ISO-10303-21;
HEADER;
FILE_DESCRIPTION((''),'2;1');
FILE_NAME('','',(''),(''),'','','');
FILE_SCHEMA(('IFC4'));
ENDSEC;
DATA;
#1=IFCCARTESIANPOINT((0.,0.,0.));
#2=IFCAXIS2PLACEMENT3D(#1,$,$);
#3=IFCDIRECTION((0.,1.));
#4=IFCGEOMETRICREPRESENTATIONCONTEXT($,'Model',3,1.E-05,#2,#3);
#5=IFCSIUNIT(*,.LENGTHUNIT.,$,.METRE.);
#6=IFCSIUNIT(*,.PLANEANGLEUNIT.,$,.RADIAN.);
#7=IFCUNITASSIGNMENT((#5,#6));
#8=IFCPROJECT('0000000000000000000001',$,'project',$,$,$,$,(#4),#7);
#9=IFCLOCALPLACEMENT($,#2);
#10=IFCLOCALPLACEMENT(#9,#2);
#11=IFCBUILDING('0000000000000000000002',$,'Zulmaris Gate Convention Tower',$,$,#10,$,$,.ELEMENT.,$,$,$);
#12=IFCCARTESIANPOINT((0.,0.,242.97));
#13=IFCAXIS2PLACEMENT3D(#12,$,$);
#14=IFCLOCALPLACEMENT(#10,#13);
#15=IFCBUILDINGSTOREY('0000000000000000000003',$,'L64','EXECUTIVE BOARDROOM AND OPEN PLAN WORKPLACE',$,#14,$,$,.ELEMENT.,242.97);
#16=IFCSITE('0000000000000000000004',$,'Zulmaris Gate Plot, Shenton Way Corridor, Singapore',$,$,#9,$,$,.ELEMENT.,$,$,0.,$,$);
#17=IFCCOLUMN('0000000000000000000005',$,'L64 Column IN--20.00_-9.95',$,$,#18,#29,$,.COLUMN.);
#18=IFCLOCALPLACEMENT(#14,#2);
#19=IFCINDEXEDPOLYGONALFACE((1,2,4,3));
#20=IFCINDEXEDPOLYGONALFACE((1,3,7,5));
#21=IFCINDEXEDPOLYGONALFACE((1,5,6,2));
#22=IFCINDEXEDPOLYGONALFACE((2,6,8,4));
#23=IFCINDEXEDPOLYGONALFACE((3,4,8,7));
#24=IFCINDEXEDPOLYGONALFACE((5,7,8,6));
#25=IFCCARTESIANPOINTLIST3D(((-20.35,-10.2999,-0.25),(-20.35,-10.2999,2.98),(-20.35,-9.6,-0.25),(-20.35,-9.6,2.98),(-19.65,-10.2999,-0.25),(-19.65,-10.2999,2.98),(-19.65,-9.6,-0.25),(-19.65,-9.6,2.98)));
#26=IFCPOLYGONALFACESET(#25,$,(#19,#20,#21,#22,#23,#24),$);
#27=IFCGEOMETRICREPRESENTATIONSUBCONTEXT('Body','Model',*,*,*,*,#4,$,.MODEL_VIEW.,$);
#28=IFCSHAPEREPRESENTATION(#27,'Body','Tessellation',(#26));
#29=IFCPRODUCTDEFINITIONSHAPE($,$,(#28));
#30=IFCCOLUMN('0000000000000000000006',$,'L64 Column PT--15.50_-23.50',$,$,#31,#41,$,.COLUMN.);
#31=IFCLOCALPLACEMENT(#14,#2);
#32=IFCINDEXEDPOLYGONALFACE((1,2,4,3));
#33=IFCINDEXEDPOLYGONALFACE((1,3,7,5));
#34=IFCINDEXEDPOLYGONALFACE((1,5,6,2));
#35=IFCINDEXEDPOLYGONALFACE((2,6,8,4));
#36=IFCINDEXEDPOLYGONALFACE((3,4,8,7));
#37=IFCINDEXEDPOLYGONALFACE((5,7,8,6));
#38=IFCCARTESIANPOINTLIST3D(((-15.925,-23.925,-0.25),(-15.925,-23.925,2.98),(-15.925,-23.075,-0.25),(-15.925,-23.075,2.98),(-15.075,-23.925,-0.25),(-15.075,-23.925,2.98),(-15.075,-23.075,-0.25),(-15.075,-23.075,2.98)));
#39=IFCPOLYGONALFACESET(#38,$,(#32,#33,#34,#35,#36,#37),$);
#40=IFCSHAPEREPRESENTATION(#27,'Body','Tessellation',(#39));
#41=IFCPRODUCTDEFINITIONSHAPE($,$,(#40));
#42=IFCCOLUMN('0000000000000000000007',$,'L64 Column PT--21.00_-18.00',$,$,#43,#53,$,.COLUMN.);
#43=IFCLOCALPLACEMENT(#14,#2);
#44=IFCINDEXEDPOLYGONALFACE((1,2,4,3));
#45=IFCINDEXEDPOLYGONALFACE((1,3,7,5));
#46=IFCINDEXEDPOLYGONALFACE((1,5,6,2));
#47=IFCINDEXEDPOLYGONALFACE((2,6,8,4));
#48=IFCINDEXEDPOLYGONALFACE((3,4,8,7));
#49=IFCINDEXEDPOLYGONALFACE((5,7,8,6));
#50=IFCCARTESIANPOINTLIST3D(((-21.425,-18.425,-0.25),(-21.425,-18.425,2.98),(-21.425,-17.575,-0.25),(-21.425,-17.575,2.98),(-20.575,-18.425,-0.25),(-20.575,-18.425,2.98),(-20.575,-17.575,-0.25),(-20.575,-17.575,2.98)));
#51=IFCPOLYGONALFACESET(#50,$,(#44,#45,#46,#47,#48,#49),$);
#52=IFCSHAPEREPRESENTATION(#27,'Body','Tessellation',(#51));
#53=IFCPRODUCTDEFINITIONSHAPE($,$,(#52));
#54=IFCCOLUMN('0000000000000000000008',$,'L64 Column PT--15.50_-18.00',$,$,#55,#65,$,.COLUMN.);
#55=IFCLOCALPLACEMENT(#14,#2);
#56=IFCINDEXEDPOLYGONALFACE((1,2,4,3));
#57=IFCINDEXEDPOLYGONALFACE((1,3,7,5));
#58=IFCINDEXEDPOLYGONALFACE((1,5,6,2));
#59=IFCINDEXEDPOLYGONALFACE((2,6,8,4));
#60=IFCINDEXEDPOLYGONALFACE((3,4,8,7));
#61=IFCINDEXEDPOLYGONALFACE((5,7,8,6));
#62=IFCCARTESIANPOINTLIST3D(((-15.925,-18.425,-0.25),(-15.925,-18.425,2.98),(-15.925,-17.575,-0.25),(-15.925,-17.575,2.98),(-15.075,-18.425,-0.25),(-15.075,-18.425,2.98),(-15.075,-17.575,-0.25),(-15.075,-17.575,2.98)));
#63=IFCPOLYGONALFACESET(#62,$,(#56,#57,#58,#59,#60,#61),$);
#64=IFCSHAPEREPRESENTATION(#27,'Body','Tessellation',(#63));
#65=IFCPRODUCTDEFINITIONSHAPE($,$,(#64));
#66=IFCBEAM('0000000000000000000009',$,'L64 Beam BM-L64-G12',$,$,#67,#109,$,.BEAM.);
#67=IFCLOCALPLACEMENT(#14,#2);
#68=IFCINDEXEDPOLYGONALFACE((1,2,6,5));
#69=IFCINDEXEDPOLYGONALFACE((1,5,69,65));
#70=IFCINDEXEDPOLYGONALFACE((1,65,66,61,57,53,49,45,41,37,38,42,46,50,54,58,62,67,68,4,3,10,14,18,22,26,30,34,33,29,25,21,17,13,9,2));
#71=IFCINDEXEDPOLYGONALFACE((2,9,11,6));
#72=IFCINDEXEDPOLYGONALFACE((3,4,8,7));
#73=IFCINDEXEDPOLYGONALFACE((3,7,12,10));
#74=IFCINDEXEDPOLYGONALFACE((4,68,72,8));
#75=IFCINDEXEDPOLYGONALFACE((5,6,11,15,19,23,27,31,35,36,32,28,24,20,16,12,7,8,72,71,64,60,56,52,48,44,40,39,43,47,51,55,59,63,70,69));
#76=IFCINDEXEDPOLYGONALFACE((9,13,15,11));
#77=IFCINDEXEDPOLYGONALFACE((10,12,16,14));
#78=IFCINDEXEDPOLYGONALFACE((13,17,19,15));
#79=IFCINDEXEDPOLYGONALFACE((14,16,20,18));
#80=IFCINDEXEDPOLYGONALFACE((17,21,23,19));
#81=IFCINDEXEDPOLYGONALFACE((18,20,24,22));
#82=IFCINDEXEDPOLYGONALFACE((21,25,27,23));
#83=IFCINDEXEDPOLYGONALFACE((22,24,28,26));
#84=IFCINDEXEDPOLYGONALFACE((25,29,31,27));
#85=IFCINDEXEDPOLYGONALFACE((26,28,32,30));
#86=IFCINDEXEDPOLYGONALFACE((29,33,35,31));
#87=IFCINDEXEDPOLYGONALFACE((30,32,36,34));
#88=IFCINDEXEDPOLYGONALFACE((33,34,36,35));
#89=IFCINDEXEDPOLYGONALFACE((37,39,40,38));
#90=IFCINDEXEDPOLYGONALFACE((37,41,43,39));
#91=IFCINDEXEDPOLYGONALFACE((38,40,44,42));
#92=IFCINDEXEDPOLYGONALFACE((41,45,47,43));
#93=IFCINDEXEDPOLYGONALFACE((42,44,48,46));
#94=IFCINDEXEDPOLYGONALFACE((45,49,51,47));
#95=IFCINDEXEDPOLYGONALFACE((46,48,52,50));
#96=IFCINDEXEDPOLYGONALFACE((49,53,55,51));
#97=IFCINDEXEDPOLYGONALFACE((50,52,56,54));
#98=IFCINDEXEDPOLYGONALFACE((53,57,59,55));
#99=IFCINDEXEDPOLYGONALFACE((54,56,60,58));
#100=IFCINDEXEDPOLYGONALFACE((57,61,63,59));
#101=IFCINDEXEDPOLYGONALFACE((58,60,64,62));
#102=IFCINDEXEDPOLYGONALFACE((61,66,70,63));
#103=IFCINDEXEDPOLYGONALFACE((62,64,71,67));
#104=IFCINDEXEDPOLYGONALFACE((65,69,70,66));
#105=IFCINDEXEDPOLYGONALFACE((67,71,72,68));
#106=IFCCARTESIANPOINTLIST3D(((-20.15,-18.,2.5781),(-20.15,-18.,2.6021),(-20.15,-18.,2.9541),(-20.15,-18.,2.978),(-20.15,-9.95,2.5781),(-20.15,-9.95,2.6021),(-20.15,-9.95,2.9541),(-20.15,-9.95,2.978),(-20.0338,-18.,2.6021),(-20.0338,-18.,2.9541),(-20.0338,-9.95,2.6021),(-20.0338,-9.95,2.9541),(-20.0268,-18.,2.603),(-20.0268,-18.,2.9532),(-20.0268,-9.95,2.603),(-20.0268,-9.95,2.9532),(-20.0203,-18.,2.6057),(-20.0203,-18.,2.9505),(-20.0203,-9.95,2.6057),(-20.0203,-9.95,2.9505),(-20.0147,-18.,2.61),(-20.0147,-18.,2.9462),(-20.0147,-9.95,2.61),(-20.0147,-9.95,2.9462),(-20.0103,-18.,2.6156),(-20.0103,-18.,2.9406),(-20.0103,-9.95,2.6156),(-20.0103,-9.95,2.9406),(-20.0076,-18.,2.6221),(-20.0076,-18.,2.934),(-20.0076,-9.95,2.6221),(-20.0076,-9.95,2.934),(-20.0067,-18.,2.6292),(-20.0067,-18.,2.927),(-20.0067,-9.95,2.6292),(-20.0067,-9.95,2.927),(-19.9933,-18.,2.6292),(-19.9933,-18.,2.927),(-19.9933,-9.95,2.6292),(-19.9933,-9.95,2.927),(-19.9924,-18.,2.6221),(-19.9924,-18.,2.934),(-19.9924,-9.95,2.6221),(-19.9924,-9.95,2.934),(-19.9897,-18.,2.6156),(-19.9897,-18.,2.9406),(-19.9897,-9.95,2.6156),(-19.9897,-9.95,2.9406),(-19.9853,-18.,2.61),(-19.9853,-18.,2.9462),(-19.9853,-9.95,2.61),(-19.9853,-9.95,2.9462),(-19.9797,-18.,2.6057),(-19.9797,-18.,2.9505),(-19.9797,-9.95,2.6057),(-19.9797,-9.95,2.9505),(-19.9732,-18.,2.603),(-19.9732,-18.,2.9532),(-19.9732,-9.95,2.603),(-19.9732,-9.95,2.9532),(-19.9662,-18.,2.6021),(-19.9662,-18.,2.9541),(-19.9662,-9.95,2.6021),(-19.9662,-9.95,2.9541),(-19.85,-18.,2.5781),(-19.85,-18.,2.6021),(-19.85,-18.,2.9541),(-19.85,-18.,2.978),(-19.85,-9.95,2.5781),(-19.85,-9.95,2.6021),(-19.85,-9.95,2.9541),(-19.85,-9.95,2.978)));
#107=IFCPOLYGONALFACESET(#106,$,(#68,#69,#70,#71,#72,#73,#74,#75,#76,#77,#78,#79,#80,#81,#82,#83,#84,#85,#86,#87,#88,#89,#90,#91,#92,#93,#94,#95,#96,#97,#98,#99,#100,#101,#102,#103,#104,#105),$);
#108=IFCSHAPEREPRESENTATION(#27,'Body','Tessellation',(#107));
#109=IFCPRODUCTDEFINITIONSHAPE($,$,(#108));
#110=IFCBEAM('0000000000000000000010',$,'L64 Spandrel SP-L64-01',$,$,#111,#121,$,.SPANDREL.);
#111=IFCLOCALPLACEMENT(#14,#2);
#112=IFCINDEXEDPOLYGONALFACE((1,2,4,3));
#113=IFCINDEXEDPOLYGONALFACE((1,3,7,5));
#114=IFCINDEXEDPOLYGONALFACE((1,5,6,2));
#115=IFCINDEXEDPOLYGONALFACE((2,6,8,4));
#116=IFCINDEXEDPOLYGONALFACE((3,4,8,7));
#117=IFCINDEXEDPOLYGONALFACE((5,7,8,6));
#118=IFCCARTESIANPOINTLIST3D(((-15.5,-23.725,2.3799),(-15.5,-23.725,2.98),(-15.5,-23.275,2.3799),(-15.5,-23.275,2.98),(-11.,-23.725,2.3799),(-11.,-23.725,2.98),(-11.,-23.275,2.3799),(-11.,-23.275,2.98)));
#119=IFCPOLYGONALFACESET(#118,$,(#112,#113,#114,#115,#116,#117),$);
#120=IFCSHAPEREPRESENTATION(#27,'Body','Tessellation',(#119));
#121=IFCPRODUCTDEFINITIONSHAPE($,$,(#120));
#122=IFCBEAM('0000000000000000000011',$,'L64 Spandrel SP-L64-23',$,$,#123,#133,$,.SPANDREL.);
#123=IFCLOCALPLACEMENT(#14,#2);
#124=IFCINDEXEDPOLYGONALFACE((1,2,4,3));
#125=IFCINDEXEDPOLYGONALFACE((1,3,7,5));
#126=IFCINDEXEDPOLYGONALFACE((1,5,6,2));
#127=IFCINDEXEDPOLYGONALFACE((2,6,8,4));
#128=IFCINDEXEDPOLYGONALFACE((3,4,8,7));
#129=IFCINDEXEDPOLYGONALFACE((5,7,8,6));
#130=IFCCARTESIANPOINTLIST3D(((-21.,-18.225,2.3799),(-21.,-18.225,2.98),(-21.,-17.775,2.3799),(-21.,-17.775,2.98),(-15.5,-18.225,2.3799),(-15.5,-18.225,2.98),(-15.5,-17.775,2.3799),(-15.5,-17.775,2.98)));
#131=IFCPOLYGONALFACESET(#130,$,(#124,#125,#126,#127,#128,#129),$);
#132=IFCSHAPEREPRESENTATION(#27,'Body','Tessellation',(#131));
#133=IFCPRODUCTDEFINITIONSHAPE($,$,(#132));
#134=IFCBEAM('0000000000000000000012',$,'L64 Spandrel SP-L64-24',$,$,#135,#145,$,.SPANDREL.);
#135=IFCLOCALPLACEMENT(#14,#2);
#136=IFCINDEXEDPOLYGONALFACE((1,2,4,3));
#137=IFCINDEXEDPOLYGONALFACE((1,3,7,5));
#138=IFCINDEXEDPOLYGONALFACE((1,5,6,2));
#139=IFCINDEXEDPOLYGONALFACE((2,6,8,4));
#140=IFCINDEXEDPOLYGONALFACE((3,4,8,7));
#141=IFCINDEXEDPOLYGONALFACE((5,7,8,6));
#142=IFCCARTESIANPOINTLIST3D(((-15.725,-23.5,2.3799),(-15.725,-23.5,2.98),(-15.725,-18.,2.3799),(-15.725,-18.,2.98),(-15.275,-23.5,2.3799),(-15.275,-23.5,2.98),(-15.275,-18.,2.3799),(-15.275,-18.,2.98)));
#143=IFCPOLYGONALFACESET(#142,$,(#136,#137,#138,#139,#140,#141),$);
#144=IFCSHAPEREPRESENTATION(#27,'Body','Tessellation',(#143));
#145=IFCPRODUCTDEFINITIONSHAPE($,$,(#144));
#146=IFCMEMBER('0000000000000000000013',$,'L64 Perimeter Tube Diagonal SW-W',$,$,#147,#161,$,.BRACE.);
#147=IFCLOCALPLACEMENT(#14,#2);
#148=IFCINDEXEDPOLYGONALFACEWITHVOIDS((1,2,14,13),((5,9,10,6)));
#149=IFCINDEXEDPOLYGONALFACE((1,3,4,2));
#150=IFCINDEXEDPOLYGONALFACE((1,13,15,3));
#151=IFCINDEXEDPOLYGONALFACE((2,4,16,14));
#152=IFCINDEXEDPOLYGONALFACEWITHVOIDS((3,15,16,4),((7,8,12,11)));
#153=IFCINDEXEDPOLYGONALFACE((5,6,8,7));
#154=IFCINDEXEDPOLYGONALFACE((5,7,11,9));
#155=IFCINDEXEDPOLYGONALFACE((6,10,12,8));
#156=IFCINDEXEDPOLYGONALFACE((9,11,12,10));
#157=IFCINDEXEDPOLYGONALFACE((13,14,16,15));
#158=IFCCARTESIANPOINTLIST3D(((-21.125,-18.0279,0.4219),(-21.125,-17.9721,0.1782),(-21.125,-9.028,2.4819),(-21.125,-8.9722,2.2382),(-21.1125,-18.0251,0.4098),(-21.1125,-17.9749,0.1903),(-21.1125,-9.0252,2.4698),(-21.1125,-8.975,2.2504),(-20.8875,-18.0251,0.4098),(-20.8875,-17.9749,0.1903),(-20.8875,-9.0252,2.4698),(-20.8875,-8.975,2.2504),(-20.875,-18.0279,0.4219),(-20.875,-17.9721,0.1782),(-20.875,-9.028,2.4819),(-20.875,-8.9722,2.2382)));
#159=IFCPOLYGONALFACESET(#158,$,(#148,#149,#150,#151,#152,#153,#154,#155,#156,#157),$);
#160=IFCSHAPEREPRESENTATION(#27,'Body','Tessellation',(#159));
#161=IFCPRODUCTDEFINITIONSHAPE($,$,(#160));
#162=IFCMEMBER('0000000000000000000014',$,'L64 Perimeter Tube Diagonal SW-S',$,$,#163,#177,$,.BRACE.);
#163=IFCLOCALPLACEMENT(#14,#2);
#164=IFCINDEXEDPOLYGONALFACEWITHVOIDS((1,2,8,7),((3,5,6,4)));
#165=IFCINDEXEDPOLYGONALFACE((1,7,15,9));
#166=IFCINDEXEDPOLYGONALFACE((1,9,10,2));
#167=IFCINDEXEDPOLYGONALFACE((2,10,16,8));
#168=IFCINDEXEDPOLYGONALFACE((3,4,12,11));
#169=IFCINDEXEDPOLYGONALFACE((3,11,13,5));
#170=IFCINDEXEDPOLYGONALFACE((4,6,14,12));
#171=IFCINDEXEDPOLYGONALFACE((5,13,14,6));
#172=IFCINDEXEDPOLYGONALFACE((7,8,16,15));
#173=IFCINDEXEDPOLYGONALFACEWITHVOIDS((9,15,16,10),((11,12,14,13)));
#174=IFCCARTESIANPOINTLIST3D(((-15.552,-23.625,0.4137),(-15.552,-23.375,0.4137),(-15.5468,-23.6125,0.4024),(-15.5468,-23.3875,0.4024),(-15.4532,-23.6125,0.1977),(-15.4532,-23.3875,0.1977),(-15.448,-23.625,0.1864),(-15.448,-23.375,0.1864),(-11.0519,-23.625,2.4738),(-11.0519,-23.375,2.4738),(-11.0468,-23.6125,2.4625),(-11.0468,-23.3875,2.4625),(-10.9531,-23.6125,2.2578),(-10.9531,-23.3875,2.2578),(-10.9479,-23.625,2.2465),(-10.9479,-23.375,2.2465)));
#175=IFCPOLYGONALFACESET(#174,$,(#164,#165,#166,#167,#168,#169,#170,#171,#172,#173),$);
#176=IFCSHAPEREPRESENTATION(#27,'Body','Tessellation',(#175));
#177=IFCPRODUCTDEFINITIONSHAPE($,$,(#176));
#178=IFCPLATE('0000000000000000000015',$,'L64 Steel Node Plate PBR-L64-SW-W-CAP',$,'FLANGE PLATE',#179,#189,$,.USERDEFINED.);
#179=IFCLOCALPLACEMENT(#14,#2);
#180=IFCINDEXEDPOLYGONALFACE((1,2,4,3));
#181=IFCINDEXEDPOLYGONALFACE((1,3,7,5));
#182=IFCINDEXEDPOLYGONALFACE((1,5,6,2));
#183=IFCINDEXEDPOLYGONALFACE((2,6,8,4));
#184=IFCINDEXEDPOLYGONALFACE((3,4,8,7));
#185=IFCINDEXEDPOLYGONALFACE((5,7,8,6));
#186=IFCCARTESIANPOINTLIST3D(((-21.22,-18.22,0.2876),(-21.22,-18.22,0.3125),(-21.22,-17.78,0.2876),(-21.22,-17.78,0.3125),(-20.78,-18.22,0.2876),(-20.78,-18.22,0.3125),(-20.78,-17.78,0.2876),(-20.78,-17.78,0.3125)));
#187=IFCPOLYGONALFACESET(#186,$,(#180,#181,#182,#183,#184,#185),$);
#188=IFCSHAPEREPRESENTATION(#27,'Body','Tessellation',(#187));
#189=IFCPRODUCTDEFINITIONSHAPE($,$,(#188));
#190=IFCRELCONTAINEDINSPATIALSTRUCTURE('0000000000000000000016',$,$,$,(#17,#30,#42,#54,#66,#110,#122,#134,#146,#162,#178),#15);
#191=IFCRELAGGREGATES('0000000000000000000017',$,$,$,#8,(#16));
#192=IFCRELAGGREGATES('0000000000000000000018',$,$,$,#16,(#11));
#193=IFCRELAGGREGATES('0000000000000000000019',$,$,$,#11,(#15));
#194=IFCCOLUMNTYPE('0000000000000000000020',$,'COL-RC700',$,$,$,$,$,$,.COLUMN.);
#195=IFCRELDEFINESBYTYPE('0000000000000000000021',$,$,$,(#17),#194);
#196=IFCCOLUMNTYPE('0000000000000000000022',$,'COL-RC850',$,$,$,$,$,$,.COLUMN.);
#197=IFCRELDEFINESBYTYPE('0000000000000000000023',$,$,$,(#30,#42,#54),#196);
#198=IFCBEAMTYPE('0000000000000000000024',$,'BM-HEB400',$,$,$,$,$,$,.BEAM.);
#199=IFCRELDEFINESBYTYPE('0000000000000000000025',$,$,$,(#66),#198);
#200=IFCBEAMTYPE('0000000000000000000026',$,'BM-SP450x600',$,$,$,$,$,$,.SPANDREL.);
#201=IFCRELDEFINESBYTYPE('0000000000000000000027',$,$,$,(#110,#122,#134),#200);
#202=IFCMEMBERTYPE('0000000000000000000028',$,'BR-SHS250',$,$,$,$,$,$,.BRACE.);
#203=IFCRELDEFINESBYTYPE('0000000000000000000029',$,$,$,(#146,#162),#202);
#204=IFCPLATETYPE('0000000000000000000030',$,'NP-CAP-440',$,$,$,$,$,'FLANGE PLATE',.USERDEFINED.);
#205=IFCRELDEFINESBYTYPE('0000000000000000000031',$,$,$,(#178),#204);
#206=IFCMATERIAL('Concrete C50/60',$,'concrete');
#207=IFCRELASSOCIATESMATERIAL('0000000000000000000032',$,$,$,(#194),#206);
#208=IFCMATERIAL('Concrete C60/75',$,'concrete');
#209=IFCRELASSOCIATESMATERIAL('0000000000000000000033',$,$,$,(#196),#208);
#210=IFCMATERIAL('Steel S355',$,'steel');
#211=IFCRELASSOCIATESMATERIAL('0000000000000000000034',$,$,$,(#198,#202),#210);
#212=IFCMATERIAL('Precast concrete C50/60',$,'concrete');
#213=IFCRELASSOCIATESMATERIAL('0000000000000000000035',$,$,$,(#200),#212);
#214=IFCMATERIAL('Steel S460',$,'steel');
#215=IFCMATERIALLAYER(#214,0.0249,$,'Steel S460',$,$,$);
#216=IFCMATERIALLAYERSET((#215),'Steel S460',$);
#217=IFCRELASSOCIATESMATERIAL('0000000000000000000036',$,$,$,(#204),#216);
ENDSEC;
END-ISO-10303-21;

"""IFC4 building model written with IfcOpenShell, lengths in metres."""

from ifc_helpers import new_model, si_unit, direction, frame, origin, origin_2d, place, context, subcontext, project, spatial, rectangle, hollow_rectangle, i_section, extrude, material, layer, layer_set, material_profile, profile_set, type_object, element, save


model = new_model("IFC4")

# Units and contexts
model_context = context("Model", 3, precision=1e-05, world=origin(), true_north=direction((0.0, 1.0)))
body_context = subcontext(model_context, "Body", "Model", "MODEL_VIEW")
ifc_project = project(units=[si_unit("LENGTHUNIT", "METRE"), si_unit("PLANEANGLEUNIT", "RADIAN")], contexts=[model_context])

# Site, building, storey
site_placement = place(None, origin())
site = spatial("IfcSite", under=ifc_project, at=site_placement, Name="Zulmaris Gate Plot, Shenton Way Corridor, Singapore", CompositionType="ELEMENT", RefElevation=0.0)
building_placement = place(site_placement, origin())
building = spatial("IfcBuilding", under=site, at=building_placement, Name="Zulmaris Gate Convention Tower", CompositionType="ELEMENT")
storey_placement = place(building_placement, frame((0.0, 0.0, 242.97)))
storey = spatial("IfcBuildingStorey", under=building, at=storey_placement, Name="L64", Description="EXECUTIVE BOARDROOM AND OPEN PLAN WORKPLACE", CompositionType="ELEMENT", Elevation=242.97)

# Columns
ifc_material_1 = material(Name="Concrete C50/60", Category="concrete")
ifc_material_profile_1 = material_profile(ifc_material_1, rectangle(XDim=0.7, YDim=0.7, at=origin_2d()), Name="RC COL 700x700")
ifc_profile_set_1 = profile_set([ifc_material_profile_1], Name="Concrete C50/60")
column_type_1 = type_object("IfcColumnType", Name="COL-RC700", PredefinedType="COLUMN", material=ifc_profile_set_1)
column_placement = place(storey_placement, frame((-20.0, -9.95, -0.25), z_axis=(0.0, 0.0, 1.0), x_axis=(1.0, 0.0, 0.0)))
element("IfcColumn", 1, at=column_placement, inside=storey, type_object=column_type_1, Name="L64 Column IN--20.00_-9.95", PredefinedType="COLUMN", context=body_context, shape_type="SweptSolid", body=[
    extrude(rectangle(XDim=0.7, YDim=0.7, at=origin_2d()), origin(), (0.0, 0.0, 1.0), 3.23),
])
ifc_material_2 = material(Name="Concrete C60/75", Category="concrete")
ifc_material_profile_2 = material_profile(ifc_material_2, rectangle(XDim=0.8501, YDim=0.8501, at=origin_2d()), Name="RC COL 850x850")
ifc_profile_set_2 = profile_set([ifc_material_profile_2], Name="Concrete C60/75")
column_type_2 = type_object("IfcColumnType", Name="COL-RC850", PredefinedType="COLUMN", material=ifc_profile_set_2)
for number, where, z_axis, x_axis, name in (
    (2, (-15.5, -23.5, -0.25), (0.0, 0.0, 1.0), (1.0, 0.0, 0.0), "L64 Column PT--15.50_-23.50"),
    (3, (-21.0, -18.0, -0.25), (0.0, 0.0, 1.0), (1.0, 0.0, 0.0), "L64 Column PT--21.00_-18.00"),
    (4, (-15.5, -18.0, -0.25), (0.0, 0.0, 1.0), (1.0, 0.0, 0.0), "L64 Column PT--15.50_-18.00"),
):
    element("IfcColumn", number, at=place(storey_placement, frame(where, z_axis=z_axis, x_axis=x_axis)), inside=storey, type_object=column_type_2, Name=name, PredefinedType="COLUMN", context=body_context, shape_type="SweptSolid", body=[
        extrude(rectangle(XDim=0.8501, YDim=0.8501, at=origin_2d()), origin(), (0.0, 0.0, 1.0), 3.23),
    ])

# Beams
ifc_material_3 = material(Name="Steel S355", Category="steel")
ifc_material_profile_3 = material_profile(ifc_material_3, i_section(OverallWidth=0.3, OverallDepth=0.3999, WebThickness=0.0134, FlangeThickness=0.0239, FilletRadius=0.0271, at=origin_2d()), Name="HEB 400")
ifc_profile_set_3 = profile_set([ifc_material_profile_3], Name="Steel S355")
beam_type_1 = type_object("IfcBeamType", Name="BM-HEB400", PredefinedType="BEAM", material=ifc_profile_set_3)
beam_1_placement = place(storey_placement, frame((-20.0, -18.0, 2.7781), z_axis=(0.0, 1.0, 0.0), x_axis=(-1.0, 0.0, 0.0)))
element("IfcBeam", 5, at=beam_1_placement, inside=storey, type_object=beam_type_1, Name="L64 Beam BM-L64-G12", PredefinedType="BEAM", context=body_context, shape_type="SweptSolid", body=[
    extrude(i_section(OverallWidth=0.3, OverallDepth=0.3999, WebThickness=0.0134, FlangeThickness=0.0239, FilletRadius=0.0271, at=origin_2d()), origin(), (0.0, 0.0, 1.0), 8.05),
])
ifc_material_4 = material(Name="Precast concrete C50/60", Category="concrete")
ifc_material_profile_4 = material_profile(ifc_material_4, rectangle(XDim=0.45, YDim=0.6001, at=origin_2d()), Name="RC SPANDREL 450x600")
ifc_profile_set_4 = profile_set([ifc_material_profile_4], Name="Precast concrete C50/60")
beam_type_2 = type_object("IfcBeamType", Name="BM-SP450x600", PredefinedType="SPANDREL", material=ifc_profile_set_4)
beam_2_placement = place(storey_placement, frame((-15.5, -23.5, 2.6799), z_axis=(1.0, 0.0, 0.0), x_axis=(0.0, 1.0, 0.0)))
element("IfcBeam", 6, at=beam_2_placement, inside=storey, type_object=beam_type_2, Name="L64 Spandrel SP-L64-01", PredefinedType="SPANDREL", context=body_context, shape_type="SweptSolid", body=[
    extrude(rectangle(XDim=0.45, YDim=0.6001, at=origin_2d()), origin(), (0.0, 0.0, 1.0), 4.5),
])
for number, where, z_axis, x_axis, name in (
    (7, (-21.0, -18.0, 2.6799), (1.0, 0.0, 0.0), (0.0, 1.0, 0.0), "L64 Spandrel SP-L64-23"),
    (8, (-15.5, -18.0, 2.6799), (0.0, -1.0, 0.0), (1.0, 0.0, 0.0), "L64 Spandrel SP-L64-24"),
):
    element("IfcBeam", number, at=place(storey_placement, frame(where, z_axis=z_axis, x_axis=x_axis)), inside=storey, type_object=beam_type_2, Name=name, PredefinedType="SPANDREL", context=body_context, shape_type="SweptSolid", body=[
        extrude(rectangle(XDim=0.45, YDim=0.6001, at=origin_2d()), origin(), (0.0, 0.0, 1.0), 5.5),
    ])

# Members
ifc_material_profile_5 = material_profile(ifc_material_3, hollow_rectangle(XDim=0.25, YDim=0.25, WallThickness=0.0125, at=origin_2d()), Name="SHS 250x250x12.5")
ifc_profile_set_5 = profile_set([ifc_material_profile_5], Name="Steel S355")
member_type = type_object("IfcMemberType", Name="BR-SHS250", PredefinedType="BRACE", material=ifc_profile_set_5)
member_1_placement = place(storey_placement, frame((-21.0, -18.0, 0.3), z_axis=(0.0, 0.97479, 0.223125), x_axis=(-1.0, 0.0, 0.0)))
element("IfcMember", 9, at=member_1_placement, inside=storey, type_object=member_type, Name="L64 Perimeter Tube Diagonal SW-W", PredefinedType="BRACE", context=body_context, shape_type="SweptSolid", body=[
    extrude(hollow_rectangle(XDim=0.25, YDim=0.25, WallThickness=0.0125, at=origin_2d()), origin(), (0.0, 0.0, 1.0), 9.2327),
])
member_2_placement = place(storey_placement, frame((-15.5, -23.5, 0.3), z_axis=(0.909252, 0.0, 0.416247), x_axis=(0.0, 1.0, 0.0)))
element("IfcMember", 10, at=member_2_placement, inside=storey, type_object=member_type, Name="L64 Perimeter Tube Diagonal SW-S", PredefinedType="BRACE", context=body_context, shape_type="SweptSolid", body=[
    extrude(hollow_rectangle(XDim=0.25, YDim=0.25, WallThickness=0.0125, at=origin_2d()), origin(), (0.0, 0.0, 1.0), 4.9492),
])

# Plate
ifc_material_5 = material(Name="Steel S460", Category="steel")
ifc_layer_1 = layer(ifc_material_5, 0.0249, Name="Steel S460")
ifc_layer_set_1 = layer_set([ifc_layer_1], Name="Steel S460")
plate_type = type_object("IfcPlateType", Name="NP-CAP-440", ElementType="FLANGE PLATE", PredefinedType="USERDEFINED", material=ifc_layer_set_1)
for number, where, z_axis, x_axis, name in (
    (11, (-21.0, -18.0, 0.2876), (0.0, 0.0, 1.0), (1.0, 0.0, 0.0), "L64 Steel Node Plate PBR-L64-SW-W-CAP"),
):
    element("IfcPlate", number, at=place(storey_placement, frame(where, z_axis=z_axis, x_axis=x_axis)), inside=storey, type_object=plate_type, Name=name, ObjectType="FLANGE PLATE", PredefinedType="USERDEFINED", context=body_context, shape_type="SweptSolid", body=[
        extrude(rectangle(XDim=0.4399, YDim=0.4399, at=origin_2d()), origin(), (0.0, 0.0, 1.0), 0.0249),
    ])

save(model, "model.ifc")
